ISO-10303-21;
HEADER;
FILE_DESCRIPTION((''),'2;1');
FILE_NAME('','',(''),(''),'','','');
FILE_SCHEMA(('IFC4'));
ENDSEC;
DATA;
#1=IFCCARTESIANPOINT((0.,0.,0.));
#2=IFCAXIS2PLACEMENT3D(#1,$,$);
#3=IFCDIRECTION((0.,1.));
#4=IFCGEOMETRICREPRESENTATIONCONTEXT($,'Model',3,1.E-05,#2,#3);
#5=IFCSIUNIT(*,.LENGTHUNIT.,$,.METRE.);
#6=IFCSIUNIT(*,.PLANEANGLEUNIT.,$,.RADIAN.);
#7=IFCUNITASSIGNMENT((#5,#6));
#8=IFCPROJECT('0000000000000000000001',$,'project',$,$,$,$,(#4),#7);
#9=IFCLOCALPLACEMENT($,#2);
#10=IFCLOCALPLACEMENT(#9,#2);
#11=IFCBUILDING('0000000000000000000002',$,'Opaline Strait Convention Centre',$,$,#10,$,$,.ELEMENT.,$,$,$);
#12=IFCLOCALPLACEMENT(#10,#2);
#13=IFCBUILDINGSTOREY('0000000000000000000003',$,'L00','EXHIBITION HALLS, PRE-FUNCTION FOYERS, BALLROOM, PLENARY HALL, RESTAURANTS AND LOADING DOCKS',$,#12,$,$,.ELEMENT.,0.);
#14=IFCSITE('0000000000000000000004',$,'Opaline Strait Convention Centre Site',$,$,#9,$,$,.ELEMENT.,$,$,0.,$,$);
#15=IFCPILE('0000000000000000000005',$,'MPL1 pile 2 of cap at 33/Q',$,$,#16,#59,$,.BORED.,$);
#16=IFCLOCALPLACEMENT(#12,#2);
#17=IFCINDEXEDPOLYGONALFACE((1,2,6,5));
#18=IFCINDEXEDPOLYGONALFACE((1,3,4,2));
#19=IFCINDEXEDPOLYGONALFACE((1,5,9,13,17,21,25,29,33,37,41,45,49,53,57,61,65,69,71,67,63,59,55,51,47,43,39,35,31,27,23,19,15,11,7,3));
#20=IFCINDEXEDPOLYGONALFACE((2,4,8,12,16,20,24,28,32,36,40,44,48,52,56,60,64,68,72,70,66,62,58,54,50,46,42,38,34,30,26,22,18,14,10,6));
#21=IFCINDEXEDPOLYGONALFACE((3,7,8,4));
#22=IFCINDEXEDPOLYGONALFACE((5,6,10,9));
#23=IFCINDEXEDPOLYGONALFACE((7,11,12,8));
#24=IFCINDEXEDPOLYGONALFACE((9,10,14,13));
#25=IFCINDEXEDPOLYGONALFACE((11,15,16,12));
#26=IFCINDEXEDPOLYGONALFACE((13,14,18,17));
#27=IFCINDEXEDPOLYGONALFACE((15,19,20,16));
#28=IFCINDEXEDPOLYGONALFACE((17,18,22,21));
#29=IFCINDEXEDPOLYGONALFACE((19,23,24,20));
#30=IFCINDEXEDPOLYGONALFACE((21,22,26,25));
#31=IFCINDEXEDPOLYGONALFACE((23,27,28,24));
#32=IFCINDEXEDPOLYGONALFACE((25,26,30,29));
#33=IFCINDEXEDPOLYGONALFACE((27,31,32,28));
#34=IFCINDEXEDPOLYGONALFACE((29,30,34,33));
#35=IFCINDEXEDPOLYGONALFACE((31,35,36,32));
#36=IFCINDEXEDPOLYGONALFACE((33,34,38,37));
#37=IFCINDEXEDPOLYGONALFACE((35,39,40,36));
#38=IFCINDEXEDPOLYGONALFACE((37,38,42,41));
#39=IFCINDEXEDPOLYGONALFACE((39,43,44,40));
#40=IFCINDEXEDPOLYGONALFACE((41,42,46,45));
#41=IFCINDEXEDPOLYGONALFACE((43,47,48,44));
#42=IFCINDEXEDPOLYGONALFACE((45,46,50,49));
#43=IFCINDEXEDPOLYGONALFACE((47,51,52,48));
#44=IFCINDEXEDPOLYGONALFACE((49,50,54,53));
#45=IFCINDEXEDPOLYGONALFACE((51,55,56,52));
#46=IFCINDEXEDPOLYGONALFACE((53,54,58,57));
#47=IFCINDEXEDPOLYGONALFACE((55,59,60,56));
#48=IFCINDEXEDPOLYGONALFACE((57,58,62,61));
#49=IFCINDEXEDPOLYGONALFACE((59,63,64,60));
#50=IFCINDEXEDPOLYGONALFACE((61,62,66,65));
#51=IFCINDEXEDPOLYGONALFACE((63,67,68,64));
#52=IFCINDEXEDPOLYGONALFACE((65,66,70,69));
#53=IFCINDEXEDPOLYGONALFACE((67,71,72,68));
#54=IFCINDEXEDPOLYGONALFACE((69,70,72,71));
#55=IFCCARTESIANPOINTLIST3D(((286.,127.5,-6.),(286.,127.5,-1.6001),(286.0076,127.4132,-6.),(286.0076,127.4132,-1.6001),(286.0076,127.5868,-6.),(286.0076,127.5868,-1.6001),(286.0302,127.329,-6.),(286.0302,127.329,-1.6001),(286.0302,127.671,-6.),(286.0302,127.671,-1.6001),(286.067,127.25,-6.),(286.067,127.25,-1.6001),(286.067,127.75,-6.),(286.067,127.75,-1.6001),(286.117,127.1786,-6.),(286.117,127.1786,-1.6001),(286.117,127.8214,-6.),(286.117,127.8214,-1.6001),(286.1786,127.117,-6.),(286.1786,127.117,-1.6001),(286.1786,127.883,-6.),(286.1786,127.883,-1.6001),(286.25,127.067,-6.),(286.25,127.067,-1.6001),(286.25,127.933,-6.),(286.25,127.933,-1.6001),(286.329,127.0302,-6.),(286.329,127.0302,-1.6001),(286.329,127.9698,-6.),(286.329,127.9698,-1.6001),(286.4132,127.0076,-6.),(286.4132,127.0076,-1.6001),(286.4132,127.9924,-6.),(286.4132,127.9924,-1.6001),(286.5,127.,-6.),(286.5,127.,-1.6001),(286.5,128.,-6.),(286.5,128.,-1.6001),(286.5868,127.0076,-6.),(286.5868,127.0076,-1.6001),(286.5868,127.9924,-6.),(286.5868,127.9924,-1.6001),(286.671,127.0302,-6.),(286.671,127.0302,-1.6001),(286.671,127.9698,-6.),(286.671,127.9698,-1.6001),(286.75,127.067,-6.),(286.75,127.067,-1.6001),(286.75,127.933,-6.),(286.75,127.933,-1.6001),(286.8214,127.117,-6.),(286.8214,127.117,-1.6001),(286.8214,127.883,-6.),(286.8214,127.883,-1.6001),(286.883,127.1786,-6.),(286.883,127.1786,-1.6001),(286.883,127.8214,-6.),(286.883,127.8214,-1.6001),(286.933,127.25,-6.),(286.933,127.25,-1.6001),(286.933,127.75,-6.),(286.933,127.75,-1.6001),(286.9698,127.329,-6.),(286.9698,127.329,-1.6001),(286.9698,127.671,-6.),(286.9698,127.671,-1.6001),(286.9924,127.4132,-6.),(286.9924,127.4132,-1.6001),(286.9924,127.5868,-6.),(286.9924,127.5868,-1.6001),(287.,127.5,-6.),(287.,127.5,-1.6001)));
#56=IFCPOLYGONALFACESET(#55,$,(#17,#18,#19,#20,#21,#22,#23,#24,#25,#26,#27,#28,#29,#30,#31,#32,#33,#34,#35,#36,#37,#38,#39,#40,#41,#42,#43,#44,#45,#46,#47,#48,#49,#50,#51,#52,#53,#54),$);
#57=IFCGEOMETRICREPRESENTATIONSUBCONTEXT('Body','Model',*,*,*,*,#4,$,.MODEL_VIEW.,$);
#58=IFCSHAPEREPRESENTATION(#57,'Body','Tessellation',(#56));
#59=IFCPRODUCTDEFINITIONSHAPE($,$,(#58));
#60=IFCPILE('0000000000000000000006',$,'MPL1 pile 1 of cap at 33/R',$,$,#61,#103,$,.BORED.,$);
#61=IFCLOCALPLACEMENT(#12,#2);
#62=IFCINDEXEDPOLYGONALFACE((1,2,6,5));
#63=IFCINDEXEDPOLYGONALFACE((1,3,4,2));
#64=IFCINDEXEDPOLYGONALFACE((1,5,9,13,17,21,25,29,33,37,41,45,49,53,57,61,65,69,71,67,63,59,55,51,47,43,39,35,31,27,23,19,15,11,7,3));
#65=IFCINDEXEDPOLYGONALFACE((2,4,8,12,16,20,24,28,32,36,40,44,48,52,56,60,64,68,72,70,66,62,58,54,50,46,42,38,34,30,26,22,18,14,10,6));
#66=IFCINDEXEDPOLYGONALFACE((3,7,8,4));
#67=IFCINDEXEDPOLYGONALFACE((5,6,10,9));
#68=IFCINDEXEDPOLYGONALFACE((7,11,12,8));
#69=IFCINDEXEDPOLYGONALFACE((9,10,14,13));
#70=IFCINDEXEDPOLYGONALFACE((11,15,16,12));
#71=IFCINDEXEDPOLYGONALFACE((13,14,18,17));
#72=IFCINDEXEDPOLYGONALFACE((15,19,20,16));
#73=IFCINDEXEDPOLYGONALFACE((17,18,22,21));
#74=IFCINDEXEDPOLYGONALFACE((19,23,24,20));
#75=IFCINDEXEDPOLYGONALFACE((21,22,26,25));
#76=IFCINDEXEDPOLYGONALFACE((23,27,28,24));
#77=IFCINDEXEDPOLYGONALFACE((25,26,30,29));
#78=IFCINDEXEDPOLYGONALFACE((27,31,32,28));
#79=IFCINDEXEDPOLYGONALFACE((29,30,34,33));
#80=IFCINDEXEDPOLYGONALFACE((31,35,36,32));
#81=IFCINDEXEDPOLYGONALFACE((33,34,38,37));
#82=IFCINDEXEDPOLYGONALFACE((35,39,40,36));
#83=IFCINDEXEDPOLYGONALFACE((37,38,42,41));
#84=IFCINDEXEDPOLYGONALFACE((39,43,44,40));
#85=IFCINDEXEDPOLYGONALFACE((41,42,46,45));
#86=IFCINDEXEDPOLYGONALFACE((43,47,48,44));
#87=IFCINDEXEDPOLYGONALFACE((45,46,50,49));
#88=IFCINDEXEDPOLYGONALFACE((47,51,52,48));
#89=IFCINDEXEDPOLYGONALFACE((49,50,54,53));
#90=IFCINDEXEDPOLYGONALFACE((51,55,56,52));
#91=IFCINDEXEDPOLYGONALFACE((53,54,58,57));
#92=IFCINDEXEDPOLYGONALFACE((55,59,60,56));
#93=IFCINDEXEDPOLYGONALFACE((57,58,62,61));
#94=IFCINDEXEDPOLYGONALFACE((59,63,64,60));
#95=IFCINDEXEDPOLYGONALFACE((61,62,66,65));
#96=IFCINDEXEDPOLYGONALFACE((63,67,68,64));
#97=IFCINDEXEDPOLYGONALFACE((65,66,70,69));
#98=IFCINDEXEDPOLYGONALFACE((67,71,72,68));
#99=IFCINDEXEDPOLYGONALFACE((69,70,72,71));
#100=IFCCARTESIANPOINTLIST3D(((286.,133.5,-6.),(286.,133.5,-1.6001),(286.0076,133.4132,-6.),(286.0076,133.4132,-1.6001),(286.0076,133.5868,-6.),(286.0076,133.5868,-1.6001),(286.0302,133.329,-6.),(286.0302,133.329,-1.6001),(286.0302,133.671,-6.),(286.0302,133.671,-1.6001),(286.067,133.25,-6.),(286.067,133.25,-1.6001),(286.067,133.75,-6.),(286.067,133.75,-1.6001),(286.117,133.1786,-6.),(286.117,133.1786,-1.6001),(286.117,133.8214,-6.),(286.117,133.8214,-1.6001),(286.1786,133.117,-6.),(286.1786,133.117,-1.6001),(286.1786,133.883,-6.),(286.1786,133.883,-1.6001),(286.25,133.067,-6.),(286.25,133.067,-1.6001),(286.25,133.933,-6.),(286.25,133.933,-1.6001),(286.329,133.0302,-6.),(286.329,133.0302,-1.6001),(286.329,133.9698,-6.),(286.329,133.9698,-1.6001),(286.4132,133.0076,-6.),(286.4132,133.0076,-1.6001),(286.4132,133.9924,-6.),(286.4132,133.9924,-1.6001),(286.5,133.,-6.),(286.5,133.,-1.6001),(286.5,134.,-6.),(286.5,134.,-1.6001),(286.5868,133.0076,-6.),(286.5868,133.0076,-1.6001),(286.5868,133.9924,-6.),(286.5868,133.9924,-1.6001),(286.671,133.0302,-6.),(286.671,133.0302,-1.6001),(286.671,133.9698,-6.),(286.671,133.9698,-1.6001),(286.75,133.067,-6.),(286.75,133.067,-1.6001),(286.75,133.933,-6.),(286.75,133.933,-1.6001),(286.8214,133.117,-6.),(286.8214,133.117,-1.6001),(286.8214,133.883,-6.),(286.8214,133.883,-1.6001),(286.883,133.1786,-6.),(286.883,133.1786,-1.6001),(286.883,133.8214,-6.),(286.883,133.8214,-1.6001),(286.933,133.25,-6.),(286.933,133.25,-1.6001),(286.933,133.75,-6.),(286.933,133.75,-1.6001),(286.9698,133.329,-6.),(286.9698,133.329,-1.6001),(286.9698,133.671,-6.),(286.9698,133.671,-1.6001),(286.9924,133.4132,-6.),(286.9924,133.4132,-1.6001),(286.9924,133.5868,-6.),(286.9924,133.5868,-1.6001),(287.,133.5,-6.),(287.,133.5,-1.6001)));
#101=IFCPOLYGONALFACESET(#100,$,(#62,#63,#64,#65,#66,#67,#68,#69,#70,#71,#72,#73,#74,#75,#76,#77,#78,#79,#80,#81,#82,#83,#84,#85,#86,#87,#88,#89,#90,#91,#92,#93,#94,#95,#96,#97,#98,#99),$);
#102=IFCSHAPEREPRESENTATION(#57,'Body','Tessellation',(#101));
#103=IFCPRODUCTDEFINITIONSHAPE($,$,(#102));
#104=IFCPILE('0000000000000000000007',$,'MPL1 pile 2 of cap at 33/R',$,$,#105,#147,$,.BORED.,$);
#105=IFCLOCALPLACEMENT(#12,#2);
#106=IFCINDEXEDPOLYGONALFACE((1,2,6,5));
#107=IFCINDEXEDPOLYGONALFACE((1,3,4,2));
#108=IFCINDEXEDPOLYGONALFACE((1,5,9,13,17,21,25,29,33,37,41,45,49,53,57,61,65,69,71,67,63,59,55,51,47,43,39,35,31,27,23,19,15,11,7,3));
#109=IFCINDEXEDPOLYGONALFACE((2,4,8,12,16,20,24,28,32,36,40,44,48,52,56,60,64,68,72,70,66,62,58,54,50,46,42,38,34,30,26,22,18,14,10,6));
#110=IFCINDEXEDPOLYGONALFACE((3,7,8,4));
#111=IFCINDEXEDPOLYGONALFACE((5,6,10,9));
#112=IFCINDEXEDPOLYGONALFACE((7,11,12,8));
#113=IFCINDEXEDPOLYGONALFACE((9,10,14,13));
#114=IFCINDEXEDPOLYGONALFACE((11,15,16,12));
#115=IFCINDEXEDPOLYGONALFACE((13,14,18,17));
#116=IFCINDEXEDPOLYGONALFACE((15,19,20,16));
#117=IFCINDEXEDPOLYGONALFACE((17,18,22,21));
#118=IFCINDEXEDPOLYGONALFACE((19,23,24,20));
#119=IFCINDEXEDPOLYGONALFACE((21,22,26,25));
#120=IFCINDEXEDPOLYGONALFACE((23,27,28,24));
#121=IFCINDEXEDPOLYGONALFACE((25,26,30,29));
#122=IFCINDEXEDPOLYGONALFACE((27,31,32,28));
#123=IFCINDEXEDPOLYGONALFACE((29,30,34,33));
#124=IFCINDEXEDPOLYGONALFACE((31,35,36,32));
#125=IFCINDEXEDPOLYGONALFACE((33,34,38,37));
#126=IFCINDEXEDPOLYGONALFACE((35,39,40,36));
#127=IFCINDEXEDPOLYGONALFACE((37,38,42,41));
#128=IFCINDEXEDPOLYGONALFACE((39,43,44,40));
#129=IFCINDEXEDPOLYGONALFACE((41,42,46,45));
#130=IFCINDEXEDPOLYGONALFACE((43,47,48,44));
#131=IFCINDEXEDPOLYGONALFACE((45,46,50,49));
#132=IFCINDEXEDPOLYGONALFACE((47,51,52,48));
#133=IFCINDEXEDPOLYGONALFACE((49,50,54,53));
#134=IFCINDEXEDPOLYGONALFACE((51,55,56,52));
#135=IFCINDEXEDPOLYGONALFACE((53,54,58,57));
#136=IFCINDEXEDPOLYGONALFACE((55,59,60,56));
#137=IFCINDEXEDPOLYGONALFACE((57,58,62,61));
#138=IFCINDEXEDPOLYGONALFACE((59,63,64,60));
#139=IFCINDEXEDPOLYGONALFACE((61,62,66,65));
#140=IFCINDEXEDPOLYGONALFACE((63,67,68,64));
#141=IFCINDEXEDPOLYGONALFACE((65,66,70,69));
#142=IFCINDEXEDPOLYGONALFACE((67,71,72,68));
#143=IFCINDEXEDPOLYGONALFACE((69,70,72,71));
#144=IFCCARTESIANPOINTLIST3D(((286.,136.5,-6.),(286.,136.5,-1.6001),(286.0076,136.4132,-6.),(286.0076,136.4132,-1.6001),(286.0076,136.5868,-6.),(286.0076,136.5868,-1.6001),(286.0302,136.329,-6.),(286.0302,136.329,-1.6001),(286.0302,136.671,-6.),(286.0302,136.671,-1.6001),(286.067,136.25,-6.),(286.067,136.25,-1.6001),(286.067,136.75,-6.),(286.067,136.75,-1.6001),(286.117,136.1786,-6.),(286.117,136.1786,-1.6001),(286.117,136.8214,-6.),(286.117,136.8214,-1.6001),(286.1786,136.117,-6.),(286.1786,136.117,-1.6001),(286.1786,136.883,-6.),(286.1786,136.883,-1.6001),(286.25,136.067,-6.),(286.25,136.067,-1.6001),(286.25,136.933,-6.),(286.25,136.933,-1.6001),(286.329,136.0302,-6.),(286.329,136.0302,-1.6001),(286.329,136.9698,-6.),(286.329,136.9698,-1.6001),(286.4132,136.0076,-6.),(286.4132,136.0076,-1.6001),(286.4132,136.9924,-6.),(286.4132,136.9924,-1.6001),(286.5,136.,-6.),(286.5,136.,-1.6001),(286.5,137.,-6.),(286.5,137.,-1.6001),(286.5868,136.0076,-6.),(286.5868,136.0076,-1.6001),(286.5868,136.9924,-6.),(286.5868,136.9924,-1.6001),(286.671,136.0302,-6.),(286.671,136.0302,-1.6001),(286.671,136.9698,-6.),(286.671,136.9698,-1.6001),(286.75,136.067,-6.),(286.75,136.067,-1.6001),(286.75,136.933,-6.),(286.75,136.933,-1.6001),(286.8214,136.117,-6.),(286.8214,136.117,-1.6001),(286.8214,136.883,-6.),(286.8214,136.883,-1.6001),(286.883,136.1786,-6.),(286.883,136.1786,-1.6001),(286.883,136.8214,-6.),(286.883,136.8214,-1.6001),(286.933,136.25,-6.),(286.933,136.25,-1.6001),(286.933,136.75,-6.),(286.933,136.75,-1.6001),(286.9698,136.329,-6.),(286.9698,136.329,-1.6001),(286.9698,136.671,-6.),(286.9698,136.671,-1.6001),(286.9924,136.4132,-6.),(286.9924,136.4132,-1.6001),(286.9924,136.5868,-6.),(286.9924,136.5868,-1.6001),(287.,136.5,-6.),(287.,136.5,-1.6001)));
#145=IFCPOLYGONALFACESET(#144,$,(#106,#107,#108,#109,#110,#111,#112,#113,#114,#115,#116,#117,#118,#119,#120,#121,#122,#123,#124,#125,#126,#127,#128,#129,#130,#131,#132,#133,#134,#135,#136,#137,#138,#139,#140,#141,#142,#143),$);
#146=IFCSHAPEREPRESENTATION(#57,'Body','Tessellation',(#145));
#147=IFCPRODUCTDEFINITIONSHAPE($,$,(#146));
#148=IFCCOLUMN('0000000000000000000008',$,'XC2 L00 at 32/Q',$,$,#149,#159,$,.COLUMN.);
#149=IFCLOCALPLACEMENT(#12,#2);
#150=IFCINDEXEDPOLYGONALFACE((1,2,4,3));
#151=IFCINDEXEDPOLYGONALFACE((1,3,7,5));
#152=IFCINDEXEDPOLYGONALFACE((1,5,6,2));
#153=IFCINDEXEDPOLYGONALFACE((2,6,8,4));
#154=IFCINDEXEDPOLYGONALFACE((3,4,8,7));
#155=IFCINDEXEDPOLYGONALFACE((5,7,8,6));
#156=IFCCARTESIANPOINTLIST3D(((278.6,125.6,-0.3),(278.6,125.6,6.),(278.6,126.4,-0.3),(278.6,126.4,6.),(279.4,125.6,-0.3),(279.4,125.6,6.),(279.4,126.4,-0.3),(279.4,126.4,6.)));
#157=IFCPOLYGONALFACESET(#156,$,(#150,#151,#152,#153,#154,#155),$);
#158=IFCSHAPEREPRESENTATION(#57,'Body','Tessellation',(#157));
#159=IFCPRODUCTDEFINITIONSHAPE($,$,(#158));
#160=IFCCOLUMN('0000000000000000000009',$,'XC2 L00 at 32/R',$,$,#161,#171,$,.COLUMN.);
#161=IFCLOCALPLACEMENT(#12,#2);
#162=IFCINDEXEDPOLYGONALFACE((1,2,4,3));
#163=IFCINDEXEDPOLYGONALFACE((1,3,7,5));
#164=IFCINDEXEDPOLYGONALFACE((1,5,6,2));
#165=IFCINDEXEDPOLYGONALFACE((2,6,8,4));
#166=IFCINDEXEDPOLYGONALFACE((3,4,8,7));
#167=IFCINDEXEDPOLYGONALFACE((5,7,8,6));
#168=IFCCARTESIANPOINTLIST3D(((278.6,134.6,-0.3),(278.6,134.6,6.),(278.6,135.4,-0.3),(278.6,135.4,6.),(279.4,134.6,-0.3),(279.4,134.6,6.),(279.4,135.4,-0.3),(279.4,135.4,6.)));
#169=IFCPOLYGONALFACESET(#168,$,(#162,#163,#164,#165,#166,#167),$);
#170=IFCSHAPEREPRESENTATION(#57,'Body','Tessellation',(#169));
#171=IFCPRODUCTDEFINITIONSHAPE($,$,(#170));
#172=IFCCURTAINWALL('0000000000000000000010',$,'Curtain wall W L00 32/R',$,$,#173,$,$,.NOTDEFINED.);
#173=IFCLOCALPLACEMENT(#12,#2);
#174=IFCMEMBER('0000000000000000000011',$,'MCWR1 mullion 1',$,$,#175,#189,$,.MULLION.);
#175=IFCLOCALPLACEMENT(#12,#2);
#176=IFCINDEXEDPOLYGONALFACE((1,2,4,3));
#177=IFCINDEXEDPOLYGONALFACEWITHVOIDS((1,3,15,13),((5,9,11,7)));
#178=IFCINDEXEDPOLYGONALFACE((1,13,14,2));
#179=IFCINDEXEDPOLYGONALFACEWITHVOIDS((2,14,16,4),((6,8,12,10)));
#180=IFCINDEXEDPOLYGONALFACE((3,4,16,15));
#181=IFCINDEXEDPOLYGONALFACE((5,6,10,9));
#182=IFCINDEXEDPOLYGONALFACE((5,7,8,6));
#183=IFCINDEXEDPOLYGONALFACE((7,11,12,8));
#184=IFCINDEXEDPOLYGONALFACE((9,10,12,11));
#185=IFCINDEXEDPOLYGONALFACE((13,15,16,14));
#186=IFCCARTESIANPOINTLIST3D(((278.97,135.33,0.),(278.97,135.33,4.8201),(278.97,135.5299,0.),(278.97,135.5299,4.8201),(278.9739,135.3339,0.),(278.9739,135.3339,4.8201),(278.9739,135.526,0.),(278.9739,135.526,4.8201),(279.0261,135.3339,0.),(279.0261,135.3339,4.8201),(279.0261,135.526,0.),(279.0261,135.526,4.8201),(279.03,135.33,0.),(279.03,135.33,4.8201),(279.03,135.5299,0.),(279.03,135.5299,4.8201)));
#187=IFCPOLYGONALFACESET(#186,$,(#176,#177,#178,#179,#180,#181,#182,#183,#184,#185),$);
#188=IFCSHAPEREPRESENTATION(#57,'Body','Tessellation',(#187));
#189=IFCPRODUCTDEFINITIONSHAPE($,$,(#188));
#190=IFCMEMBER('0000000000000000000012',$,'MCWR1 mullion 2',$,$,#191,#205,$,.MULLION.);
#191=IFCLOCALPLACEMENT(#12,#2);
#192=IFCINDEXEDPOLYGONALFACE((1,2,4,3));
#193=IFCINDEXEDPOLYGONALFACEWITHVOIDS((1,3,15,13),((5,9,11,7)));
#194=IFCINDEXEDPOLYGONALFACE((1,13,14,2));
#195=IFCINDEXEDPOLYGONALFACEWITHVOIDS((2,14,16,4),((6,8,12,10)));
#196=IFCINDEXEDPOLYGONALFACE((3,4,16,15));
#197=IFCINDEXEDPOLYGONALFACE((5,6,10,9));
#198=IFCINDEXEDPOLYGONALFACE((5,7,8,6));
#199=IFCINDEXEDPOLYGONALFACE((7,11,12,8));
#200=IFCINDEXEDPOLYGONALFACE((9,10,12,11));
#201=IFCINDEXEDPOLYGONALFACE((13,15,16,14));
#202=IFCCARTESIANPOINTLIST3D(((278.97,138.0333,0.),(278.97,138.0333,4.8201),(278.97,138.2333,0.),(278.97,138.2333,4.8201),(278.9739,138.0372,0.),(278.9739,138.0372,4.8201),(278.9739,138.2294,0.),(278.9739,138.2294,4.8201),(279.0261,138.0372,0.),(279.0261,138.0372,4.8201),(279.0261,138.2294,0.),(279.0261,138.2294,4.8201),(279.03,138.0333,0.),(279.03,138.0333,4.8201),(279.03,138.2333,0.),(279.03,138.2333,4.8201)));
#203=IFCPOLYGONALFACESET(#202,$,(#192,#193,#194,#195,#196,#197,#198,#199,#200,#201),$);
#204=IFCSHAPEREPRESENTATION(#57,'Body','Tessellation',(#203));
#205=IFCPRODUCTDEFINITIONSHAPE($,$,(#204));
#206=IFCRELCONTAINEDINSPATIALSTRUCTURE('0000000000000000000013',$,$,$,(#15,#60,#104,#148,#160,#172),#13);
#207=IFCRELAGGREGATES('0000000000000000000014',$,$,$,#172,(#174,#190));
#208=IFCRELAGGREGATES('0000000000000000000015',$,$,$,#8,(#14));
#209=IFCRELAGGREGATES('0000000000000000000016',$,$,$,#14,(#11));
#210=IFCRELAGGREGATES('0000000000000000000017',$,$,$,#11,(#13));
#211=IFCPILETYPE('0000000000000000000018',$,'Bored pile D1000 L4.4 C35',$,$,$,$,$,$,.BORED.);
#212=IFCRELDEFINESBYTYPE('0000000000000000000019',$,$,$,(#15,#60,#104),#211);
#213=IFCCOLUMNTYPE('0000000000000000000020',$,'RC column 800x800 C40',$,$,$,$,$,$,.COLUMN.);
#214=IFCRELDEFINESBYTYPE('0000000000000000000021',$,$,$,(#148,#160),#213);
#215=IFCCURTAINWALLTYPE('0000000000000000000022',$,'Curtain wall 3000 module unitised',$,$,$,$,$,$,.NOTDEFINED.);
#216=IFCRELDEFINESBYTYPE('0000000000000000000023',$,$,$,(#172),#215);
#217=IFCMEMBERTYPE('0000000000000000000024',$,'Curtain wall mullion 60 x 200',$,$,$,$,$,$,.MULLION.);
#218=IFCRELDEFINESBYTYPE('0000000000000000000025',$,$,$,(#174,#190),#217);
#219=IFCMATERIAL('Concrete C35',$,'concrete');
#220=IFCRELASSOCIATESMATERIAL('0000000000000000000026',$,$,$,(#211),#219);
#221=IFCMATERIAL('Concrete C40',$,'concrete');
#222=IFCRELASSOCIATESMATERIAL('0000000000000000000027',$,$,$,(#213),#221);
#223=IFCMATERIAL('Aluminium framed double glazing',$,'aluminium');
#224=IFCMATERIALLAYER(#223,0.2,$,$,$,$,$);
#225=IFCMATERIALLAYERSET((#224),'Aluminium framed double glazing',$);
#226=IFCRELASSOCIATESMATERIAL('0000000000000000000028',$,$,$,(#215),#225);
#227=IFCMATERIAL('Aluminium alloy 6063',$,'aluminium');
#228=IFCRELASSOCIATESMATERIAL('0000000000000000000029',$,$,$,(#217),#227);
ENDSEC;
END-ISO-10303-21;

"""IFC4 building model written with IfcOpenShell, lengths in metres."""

from ifc_helpers import new_model, si_unit, direction, frame, origin, origin_2d, place, context, subcontext, project, spatial, rectangle, hollow_rectangle, circle, extrude, material, layer, layer_set, material_profile, profile_set, type_object, element, aggregate, save


model = new_model("IFC4")

# Units and contexts
model_context = context("Model", 3, precision=1e-05, world=origin(), true_north=direction((0.0, 1.0)))
body_context = subcontext(model_context, "Body", "Model", "MODEL_VIEW")
ifc_project = project(units=[si_unit("LENGTHUNIT", "METRE"), si_unit("PLANEANGLEUNIT", "RADIAN")], contexts=[model_context])

# Site, building, storey
site_placement = place(None, origin())
site = spatial("IfcSite", under=ifc_project, at=site_placement, Name="Opaline Strait Convention Centre Site", CompositionType="ELEMENT", RefElevation=0.0)
building_placement = place(site_placement, origin())
building = spatial("IfcBuilding", under=site, at=building_placement, Name="Opaline Strait Convention Centre", CompositionType="ELEMENT")
storey_placement = place(building_placement, origin())
storey = spatial("IfcBuildingStorey", under=building, at=storey_placement, Name="L00", Description="EXHIBITION HALLS, PRE-FUNCTION FOYERS, BALLROOM, PLENARY HALL, RESTAURANTS AND LOADING DOCKS", CompositionType="ELEMENT", Elevation=0.0)

# Piles
ifc_material_1 = material(Name="Concrete C35", Category="concrete")
ifc_material_profile_1 = material_profile(ifc_material_1, circle(Radius=0.5, at=origin_2d()), Name="D1000")
ifc_profile_set_1 = profile_set([ifc_material_profile_1], Name="Concrete C35")
pile_type = type_object("IfcPileType", Name="Bored pile D1000 L4.4 C35", PredefinedType="BORED", material=ifc_profile_set_1)
for number, where, z_axis, x_axis, name in (
    (1, (286.5, 127.5, -1.6001), (0.0, 0.0, -1.0), (1.0, 0.0, 0.0), "MPL1 pile 2 of cap at 33/Q"),
    (2, (286.5, 133.5, -1.6001), (0.0, 0.0, -1.0), (1.0, 0.0, 0.0), "MPL1 pile 1 of cap at 33/R"),
    (3, (286.5, 136.5, -1.6001), (0.0, 0.0, -1.0), (1.0, 0.0, 0.0), "MPL1 pile 2 of cap at 33/R"),
):
    element("IfcPile", number, at=place(storey_placement, frame(where, z_axis=z_axis, x_axis=x_axis)), inside=storey, type_object=pile_type, Name=name, PredefinedType="BORED", context=body_context, shape_type="SweptSolid", body=[
        extrude(circle(Radius=0.5, at=origin_2d()), origin(), (0.0, 0.0, 1.0), 4.3999),
    ])

# Columns
ifc_material_2 = material(Name="Concrete C40", Category="concrete")
ifc_material_profile_2 = material_profile(ifc_material_2, rectangle(XDim=0.8, YDim=0.8, at=origin_2d()), Name="RC 800x800")
ifc_profile_set_2 = profile_set([ifc_material_profile_2], Name="Concrete C40")
column_type = type_object("IfcColumnType", Name="RC column 800x800 C40", PredefinedType="COLUMN", material=ifc_profile_set_2)
for number, where, z_axis, x_axis, name in (
    (4, (279.0, 126.0, -0.3), (0.0, 0.0, 1.0), (1.0, 0.0, 0.0), "XC2 L00 at 32/Q"),
    (5, (279.0, 135.0, -0.3), (0.0, 0.0, 1.0), (1.0, 0.0, 0.0), "XC2 L00 at 32/R"),
):
    element("IfcColumn", number, at=place(storey_placement, frame(where, z_axis=z_axis, x_axis=x_axis)), inside=storey, type_object=column_type, Name=name, PredefinedType="COLUMN", context=body_context, shape_type="SweptSolid", body=[
        extrude(rectangle(XDim=0.8, YDim=0.8, at=origin_2d()), origin(), (0.0, 0.0, 1.0), 6.3),
    ])

# Curtain wall, members
ifc_material_3 = material(Name="Aluminium framed double glazing", Category="aluminium")
ifc_layer_1 = layer(ifc_material_3, 0.2)
ifc_layer_set_1 = layer_set([ifc_layer_1], Name="Aluminium framed double glazing")
curtain_wall_type = type_object("IfcCurtainWallType", Name="Curtain wall 3000 module unitised", PredefinedType="NOTDEFINED", material=ifc_layer_set_1)
curtain_wall_placement = place(storey_placement, origin())
curtain_wall = element("IfcCurtainWall", 6, at=curtain_wall_placement, inside=storey, type_object=curtain_wall_type, Name="Curtain wall W L00 32/R", PredefinedType="NOTDEFINED")
ifc_material_4 = material(Name="Aluminium alloy 6063", Category="aluminium")
ifc_material_profile_3 = material_profile(ifc_material_4, hollow_rectangle(XDim=0.0601, YDim=0.2, WallThickness=0.0039, at=origin_2d()), Name="MULLION 60x200x4")
ifc_profile_set_3 = profile_set([ifc_material_profile_3], Name="Aluminium alloy 6063")
member_type_1 = type_object("IfcMemberType", Name="Curtain wall mullion 60 x 200", PredefinedType="MULLION", material=ifc_profile_set_3)
member_1_placement = place(storey_placement, frame((279.0, 135.4299, 0.0), z_axis=(0.0, 0.0, 1.0), x_axis=(-1.0, 0.0, 0.0)))
member_1 = element("IfcMember", 7, at=member_1_placement, type_object=member_type_1, Name="MCWR1 mullion 1", PredefinedType="MULLION", context=body_context, shape_type="SweptSolid", body=[
    extrude(hollow_rectangle(XDim=0.0601, YDim=0.2, WallThickness=0.0039, at=origin_2d()), origin(), (0.0, 0.0, 1.0), 4.8201),
])
member_2_placement = place(storey_placement, frame((279.0, 138.1333, 0.0), z_axis=(0.0, 0.0, 1.0), x_axis=(-1.0, 0.0, 0.0)))
member_2 = element("IfcMember", 8, at=member_2_placement, type_object=member_type_1, Name="MCWR1 mullion 2", PredefinedType="MULLION", context=body_context, shape_type="SweptSolid", body=[
    extrude(hollow_rectangle(XDim=0.0601, YDim=0.2, WallThickness=0.0039, at=origin_2d()), origin(), (0.0, 0.0, 1.0), 4.8201),
])

aggregate(curtain_wall, [member_1, member_2])

save(model, "model.ifc")
